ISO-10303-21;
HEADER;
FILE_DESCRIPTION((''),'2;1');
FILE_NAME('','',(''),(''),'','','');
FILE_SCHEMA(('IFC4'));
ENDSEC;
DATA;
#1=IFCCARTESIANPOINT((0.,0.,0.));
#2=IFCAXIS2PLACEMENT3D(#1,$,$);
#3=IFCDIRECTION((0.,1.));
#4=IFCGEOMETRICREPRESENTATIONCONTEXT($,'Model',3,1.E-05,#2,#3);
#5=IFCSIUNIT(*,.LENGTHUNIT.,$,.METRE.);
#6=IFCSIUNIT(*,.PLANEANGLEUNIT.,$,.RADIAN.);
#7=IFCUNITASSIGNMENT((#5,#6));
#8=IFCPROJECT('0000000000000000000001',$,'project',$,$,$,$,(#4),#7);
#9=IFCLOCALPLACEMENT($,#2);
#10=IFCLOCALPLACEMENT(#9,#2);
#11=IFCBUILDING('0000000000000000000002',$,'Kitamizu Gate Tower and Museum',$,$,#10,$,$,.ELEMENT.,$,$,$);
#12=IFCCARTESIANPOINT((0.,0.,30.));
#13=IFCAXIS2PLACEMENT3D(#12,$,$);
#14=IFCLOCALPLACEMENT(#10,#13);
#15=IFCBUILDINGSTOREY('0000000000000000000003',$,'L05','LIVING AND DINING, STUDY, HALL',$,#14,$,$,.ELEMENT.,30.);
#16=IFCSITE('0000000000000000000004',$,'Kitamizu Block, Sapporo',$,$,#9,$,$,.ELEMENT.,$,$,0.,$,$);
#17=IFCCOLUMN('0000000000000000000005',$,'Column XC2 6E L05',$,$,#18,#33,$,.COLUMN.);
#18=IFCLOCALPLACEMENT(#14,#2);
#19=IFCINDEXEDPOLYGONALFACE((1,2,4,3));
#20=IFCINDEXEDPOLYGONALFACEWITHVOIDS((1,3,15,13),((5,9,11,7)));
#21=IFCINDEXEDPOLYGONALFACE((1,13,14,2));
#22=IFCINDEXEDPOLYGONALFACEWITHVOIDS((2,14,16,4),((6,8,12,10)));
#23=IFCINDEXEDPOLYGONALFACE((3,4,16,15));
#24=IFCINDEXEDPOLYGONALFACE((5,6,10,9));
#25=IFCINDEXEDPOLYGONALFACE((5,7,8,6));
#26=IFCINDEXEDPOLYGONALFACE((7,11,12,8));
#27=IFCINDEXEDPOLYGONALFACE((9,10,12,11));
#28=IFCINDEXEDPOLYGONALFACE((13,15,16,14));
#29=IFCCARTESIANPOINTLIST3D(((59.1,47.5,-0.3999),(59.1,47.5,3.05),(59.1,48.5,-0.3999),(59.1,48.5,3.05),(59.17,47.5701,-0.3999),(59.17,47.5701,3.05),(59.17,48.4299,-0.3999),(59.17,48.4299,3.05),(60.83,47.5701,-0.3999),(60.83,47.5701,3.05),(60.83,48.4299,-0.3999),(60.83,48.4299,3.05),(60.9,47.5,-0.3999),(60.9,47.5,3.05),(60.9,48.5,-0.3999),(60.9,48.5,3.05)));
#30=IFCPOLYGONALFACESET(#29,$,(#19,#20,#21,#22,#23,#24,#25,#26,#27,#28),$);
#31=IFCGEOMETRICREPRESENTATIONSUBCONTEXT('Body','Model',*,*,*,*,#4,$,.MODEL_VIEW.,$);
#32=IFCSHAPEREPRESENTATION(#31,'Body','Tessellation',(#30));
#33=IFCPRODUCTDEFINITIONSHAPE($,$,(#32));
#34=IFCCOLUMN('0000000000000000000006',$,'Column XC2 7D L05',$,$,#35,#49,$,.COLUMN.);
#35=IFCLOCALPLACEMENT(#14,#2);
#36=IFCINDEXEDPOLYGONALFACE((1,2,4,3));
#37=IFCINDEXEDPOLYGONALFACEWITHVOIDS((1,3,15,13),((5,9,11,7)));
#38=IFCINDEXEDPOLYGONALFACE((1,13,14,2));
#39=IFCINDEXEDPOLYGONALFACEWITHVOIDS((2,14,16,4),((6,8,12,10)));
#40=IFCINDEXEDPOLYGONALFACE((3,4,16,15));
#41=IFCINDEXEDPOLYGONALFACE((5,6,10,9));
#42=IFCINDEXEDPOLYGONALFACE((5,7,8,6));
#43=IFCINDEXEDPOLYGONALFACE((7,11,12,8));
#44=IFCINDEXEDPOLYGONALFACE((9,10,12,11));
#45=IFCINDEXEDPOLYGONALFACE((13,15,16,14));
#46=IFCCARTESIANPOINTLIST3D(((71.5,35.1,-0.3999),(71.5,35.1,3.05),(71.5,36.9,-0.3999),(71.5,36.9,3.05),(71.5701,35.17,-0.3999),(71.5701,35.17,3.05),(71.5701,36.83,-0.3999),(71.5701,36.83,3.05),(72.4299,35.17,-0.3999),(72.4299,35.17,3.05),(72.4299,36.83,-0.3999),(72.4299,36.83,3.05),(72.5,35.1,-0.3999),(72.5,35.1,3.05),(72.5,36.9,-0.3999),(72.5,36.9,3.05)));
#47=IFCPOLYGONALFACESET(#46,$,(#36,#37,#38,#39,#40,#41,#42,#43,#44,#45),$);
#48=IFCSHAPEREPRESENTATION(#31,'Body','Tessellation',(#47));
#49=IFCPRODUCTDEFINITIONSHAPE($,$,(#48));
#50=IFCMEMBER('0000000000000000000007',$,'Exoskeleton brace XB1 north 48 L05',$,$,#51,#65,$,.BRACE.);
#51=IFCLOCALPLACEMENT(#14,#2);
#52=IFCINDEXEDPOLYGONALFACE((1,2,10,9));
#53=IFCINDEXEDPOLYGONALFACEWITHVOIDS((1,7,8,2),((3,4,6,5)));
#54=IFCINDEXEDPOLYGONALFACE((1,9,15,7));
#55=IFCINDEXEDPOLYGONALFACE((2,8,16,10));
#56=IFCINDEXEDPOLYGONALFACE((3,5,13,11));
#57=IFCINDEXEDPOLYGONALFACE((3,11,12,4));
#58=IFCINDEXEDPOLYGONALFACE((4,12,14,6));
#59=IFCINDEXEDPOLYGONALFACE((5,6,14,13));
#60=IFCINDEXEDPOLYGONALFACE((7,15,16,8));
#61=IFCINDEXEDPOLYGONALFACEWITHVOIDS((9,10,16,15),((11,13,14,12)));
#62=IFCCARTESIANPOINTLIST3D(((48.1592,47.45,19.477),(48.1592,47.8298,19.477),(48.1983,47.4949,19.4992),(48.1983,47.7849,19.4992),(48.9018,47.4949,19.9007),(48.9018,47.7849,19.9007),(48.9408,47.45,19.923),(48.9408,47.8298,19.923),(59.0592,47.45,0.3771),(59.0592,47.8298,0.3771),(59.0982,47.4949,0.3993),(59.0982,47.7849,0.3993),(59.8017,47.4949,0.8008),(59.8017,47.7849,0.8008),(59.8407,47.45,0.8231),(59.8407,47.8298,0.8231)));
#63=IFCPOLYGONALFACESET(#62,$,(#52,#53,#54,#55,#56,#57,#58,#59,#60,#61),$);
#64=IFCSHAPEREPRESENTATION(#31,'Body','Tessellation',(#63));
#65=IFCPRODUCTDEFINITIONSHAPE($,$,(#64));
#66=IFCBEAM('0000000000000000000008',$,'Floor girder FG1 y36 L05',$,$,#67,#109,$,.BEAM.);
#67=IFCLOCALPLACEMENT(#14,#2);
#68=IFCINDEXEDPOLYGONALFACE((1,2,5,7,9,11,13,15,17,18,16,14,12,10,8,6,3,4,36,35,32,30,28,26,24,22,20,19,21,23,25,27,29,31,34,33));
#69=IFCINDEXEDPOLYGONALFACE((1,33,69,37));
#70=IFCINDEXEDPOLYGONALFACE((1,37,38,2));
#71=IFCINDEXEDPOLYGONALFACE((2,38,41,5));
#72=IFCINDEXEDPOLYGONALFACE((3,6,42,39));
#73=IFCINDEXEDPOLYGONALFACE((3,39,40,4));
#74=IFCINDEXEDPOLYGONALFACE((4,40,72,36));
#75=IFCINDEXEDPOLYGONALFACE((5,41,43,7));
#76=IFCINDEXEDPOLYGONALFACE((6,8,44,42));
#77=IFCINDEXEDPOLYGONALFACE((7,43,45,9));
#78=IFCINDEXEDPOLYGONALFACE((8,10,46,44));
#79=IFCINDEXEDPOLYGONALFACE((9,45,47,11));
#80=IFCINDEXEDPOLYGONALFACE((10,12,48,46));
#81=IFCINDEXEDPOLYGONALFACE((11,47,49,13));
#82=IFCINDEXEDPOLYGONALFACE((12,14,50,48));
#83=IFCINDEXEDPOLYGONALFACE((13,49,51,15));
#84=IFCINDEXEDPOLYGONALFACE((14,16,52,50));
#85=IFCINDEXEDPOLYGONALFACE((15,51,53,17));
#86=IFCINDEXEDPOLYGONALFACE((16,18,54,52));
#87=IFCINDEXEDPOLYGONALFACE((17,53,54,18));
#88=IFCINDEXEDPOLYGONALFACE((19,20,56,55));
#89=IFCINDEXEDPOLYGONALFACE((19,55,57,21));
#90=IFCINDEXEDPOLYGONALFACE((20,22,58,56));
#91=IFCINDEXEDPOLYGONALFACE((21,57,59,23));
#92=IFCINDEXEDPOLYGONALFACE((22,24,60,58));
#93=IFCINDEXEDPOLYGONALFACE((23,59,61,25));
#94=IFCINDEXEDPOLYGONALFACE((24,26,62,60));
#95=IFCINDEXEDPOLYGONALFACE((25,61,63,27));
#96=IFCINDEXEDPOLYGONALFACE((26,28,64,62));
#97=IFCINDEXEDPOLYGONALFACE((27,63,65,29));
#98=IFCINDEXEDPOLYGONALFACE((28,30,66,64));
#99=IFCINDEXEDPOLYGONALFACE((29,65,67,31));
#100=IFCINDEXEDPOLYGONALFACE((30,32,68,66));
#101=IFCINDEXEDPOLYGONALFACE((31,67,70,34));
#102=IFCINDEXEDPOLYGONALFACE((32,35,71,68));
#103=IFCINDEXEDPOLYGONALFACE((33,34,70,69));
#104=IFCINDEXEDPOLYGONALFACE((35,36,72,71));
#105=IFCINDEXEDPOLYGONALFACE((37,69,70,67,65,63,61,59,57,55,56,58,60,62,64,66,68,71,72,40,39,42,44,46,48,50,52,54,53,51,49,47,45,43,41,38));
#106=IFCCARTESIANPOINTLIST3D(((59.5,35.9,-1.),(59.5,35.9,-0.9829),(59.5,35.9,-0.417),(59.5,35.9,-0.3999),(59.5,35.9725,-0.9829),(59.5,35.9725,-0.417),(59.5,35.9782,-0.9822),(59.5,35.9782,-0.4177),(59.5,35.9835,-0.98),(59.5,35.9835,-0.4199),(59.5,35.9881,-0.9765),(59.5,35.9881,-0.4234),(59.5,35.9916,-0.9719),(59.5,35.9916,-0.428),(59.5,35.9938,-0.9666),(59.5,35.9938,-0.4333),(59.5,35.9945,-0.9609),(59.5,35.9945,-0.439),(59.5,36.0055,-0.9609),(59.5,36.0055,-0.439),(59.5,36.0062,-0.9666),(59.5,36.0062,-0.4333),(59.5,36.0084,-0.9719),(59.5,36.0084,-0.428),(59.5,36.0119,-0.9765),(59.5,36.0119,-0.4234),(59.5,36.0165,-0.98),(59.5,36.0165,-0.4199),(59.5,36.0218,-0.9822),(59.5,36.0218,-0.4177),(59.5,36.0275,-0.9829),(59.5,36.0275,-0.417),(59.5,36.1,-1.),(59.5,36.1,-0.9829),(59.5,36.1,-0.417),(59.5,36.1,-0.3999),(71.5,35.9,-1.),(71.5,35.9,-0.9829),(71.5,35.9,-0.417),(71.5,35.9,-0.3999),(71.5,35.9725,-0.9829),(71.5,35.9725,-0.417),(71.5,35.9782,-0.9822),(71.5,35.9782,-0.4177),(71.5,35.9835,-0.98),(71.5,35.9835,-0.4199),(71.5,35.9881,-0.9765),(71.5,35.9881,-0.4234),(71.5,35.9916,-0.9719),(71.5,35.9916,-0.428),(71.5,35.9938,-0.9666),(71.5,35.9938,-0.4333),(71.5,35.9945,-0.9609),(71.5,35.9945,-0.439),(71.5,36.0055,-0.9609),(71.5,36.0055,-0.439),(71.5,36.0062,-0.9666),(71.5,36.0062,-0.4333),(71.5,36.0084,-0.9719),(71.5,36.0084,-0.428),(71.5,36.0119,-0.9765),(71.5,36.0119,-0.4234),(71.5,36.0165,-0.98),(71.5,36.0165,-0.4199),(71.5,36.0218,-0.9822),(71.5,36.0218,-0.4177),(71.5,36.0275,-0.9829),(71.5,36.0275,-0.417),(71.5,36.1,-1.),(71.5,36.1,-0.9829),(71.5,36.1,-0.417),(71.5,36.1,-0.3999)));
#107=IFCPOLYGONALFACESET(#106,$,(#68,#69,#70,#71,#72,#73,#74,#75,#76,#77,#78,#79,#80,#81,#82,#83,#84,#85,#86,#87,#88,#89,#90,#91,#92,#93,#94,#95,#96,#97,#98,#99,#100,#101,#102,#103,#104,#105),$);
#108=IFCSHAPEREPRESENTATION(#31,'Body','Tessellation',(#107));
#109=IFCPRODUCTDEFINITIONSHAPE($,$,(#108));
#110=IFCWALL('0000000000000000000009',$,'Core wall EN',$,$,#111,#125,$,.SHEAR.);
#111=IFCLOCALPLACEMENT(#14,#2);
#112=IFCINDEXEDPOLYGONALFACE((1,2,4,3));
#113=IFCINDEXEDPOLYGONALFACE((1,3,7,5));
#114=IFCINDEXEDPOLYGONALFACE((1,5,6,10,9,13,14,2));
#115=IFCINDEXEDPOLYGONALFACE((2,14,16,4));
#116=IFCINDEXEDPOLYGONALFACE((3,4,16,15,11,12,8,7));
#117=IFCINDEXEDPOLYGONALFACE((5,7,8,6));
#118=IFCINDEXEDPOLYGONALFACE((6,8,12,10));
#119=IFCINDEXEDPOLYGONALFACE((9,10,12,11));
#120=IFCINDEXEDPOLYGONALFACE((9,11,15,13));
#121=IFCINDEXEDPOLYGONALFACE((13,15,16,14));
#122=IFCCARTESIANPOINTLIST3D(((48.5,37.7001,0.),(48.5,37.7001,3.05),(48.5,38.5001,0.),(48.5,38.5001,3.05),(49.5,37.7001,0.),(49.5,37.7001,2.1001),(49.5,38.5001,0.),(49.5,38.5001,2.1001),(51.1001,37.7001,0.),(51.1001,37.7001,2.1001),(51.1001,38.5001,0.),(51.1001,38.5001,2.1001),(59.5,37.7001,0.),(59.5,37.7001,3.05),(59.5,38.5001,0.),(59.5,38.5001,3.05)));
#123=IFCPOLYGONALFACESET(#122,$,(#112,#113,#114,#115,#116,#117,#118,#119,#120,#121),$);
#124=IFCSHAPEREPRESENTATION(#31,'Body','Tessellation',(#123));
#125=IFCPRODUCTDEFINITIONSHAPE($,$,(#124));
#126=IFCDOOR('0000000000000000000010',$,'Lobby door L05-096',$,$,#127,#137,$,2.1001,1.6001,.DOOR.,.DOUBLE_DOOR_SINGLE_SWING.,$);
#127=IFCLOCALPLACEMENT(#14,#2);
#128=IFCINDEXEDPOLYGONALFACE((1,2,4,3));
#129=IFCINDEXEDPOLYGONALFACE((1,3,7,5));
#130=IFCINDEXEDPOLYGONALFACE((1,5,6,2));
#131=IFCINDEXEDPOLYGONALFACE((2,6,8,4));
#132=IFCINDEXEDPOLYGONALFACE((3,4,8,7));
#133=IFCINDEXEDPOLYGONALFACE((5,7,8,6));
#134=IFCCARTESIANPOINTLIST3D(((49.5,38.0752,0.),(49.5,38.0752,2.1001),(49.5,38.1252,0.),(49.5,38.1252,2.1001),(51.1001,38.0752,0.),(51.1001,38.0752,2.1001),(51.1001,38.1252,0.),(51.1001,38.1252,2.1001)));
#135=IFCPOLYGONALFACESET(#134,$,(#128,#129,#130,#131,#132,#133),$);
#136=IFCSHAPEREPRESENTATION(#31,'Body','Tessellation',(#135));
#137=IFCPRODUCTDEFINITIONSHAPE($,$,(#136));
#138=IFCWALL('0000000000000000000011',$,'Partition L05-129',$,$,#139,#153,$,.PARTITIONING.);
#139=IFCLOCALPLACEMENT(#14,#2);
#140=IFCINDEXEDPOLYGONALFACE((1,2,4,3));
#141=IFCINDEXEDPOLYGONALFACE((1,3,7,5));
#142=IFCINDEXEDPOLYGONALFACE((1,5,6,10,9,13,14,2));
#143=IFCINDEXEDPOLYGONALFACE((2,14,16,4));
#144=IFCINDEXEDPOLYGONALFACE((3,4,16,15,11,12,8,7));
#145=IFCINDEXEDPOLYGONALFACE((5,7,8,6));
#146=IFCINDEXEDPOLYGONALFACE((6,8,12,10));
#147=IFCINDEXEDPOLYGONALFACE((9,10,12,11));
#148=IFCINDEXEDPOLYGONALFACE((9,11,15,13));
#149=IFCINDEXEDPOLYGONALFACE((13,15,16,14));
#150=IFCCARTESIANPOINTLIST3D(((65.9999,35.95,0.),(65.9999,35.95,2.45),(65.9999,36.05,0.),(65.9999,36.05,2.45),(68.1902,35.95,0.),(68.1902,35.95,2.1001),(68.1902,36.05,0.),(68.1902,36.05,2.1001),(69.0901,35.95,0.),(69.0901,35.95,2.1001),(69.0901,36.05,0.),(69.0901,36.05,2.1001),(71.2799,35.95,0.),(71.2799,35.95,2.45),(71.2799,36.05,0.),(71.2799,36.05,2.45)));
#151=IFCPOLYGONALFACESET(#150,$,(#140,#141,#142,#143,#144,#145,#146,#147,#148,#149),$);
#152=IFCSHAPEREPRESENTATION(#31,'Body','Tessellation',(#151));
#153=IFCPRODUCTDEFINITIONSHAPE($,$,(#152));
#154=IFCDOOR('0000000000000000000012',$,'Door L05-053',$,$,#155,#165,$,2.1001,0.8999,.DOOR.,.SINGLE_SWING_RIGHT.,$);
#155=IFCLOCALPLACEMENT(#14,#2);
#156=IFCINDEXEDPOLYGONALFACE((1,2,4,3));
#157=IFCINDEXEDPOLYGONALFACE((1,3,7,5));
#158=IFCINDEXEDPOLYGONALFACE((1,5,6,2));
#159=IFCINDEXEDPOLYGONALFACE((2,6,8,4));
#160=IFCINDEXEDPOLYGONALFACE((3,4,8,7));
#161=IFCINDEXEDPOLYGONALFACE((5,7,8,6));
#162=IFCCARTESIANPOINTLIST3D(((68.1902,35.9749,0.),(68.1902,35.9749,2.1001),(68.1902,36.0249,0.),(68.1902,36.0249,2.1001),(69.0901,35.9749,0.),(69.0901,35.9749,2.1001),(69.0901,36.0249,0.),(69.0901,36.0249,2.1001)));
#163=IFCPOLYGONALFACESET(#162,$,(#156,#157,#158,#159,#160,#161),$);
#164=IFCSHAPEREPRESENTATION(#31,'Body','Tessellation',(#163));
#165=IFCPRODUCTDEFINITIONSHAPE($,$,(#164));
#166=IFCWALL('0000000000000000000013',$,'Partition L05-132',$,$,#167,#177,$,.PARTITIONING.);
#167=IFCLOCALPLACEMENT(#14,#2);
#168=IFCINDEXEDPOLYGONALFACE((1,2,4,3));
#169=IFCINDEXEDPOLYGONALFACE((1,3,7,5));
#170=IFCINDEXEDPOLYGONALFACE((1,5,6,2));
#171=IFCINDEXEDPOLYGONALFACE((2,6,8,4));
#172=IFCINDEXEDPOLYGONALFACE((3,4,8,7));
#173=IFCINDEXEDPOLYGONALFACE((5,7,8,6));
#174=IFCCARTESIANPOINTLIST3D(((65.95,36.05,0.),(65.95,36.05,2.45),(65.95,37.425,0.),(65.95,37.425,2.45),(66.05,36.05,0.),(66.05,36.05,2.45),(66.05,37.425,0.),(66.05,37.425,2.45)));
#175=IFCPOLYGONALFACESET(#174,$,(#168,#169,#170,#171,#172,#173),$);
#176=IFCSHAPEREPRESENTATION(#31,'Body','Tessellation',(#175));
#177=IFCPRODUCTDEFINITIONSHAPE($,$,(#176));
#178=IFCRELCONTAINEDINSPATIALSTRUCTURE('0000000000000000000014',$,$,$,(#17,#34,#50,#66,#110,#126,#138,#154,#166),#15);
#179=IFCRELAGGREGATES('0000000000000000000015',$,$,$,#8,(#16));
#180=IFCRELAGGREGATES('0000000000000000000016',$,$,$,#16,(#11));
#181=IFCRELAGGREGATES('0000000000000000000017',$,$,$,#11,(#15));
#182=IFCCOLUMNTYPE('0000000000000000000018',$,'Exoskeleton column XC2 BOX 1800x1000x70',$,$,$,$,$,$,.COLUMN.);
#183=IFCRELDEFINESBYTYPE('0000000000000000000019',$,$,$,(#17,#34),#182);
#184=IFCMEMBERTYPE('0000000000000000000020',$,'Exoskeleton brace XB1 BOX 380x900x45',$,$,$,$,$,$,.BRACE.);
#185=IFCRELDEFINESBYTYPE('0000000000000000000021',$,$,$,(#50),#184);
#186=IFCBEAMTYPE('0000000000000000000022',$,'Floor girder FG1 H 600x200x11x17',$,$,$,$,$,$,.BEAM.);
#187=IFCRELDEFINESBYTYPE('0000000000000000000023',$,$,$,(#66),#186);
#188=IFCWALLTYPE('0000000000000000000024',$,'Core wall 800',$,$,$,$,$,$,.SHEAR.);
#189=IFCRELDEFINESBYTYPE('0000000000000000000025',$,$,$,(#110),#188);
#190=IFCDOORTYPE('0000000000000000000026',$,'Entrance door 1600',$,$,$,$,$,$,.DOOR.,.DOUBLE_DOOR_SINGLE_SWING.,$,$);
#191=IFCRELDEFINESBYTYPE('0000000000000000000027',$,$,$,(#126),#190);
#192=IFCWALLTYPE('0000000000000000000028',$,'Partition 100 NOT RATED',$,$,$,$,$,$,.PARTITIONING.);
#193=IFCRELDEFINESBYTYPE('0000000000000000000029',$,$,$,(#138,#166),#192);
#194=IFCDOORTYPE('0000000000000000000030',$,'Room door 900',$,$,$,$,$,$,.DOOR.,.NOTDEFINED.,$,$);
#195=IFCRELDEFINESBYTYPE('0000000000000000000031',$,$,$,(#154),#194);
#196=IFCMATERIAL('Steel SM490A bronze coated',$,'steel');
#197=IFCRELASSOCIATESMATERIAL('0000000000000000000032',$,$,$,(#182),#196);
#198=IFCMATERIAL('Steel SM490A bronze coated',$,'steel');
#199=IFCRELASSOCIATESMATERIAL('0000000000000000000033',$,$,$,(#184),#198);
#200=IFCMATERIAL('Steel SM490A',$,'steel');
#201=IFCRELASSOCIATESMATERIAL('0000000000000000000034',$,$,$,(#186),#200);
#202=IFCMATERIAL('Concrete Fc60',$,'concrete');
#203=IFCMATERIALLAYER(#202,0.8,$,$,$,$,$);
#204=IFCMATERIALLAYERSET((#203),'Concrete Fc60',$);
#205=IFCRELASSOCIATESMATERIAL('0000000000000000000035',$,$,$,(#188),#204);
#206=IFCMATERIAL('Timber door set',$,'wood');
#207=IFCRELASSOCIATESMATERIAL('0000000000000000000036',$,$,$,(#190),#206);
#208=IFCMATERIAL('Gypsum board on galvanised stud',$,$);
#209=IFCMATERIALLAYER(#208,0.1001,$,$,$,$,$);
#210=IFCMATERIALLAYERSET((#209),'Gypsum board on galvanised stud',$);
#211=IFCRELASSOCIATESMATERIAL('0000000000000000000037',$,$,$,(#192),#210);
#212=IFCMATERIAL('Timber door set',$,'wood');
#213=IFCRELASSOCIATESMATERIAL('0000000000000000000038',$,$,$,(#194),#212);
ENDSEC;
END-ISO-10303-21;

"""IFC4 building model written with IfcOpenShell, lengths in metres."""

from ifc_helpers import new_model, si_unit, direction, frame, frame_2d, origin, origin_2d, place, context, subcontext, project, spatial, rectangle, hollow_rectangle, i_section, extrude, material, layer, layer_set, material_profile, profile_set, type_object, element, fill, save


model = new_model("IFC4")

# Units and contexts
model_context = context("Model", 3, precision=1e-05, world=origin(), true_north=direction((0.0, 1.0)))
body_context = subcontext(model_context, "Body", "Model", "MODEL_VIEW")
ifc_project = project(units=[si_unit("LENGTHUNIT", "METRE"), si_unit("PLANEANGLEUNIT", "RADIAN")], contexts=[model_context])

# Site, building, storey
site_placement = place(None, origin())
site = spatial("IfcSite", under=ifc_project, at=site_placement, Name="Kitamizu Block, Sapporo", CompositionType="ELEMENT", RefElevation=0.0)
building_placement = place(site_placement, origin())
building = spatial("IfcBuilding", under=site, at=building_placement, Name="Kitamizu Gate Tower and Museum", CompositionType="ELEMENT")
storey_placement = place(building_placement, frame((0.0, 0.0, 30.0)))
storey = spatial("IfcBuildingStorey", under=building, at=storey_placement, Name="L05", Description="LIVING AND DINING, STUDY, HALL", CompositionType="ELEMENT", Elevation=30.0)

# Columns
ifc_material_1 = material(Name="Steel SM490A bronze coated", Category="steel")
ifc_material_profile_1 = material_profile(ifc_material_1, hollow_rectangle(XDim=1.8, YDim=1.0, WallThickness=0.0701, at=origin_2d()), Name="BOX 1800x1000x70")
ifc_profile_set_1 = profile_set([ifc_material_profile_1], Name="Steel SM490A bronze coated")
column_type = type_object("IfcColumnType", Name="Exoskeleton column XC2 BOX 1800x1000x70", PredefinedType="COLUMN", material=ifc_profile_set_1)
for number, where, z_axis, x_axis, name in (
    (1, (60.0, 48.0, -0.3999), (0.0, 0.0, 1.0), (1.0, 0.0, 0.0), "Column XC2 6E L05"),
    (2, (72.0, 36.0, -0.3999), (0.0, 0.0, 1.0), (0.0, 1.0, 0.0), "Column XC2 7D L05"),
):
    element("IfcColumn", number, at=place(storey_placement, frame(where, z_axis=z_axis, x_axis=x_axis)), inside=storey, type_object=column_type, Name=name, PredefinedType="COLUMN", context=body_context, shape_type="SweptSolid", body=[
        extrude(hollow_rectangle(XDim=1.8, YDim=1.0, WallThickness=0.0701, at=origin_2d()), origin(), (0.0, 0.0, 1.0), 3.45),
    ])

# Member
ifc_material_2 = material(Name="Steel SM490A bronze coated", Category="steel")
ifc_material_profile_2 = material_profile(ifc_material_2, hollow_rectangle(XDim=0.3799, YDim=0.8999, WallThickness=0.0449, at=origin_2d()), Name="BOX 380x900x45")
ifc_profile_set_2 = profile_set([ifc_material_profile_2], Name="Steel SM490A bronze coated")
member_type = type_object("IfcMemberType", Name="Exoskeleton brace XB1 BOX 380x900x45", PredefinedType="BRACE", material=ifc_profile_set_2)
member_placement = place(storey_placement, frame((59.45, 47.6399, 0.6001), z_axis=(-0.495649, 0.0, 0.868523), x_axis=(0.0, -1.0, 0.0)))
element("IfcMember", 3, at=member_placement, inside=storey, type_object=member_type, Name="Exoskeleton brace XB1 north 48 L05", PredefinedType="BRACE", context=body_context, shape_type="SweptSolid", body=[
    extrude(hollow_rectangle(XDim=0.3799, YDim=0.8999, WallThickness=0.0449, at=origin_2d()), origin(), (0.0, 0.0, 1.0), 21.9912),
])

# Beam
ifc_material_3 = material(Name="Steel SM490A", Category="steel")
ifc_material_profile_3 = material_profile(ifc_material_3, i_section(OverallWidth=0.2, OverallDepth=0.6001, WebThickness=0.011, FlangeThickness=0.0171, FilletRadius=0.022, at=origin_2d()), Name="H-600x200x11x17")
ifc_profile_set_3 = profile_set([ifc_material_profile_3], Name="Steel SM490A")
beam_type = type_object("IfcBeamType", Name="Floor girder FG1 H 600x200x11x17", PredefinedType="BEAM", material=ifc_profile_set_3)
beam_placement = place(storey_placement, frame((59.5, 36.0, -0.7), z_axis=(1.0, 0.0, 0.0), x_axis=(0.0, 1.0, 0.0)))
element("IfcBeam", 4, at=beam_placement, inside=storey, type_object=beam_type, Name="Floor girder FG1 y36 L05", PredefinedType="BEAM", context=body_context, shape_type="SweptSolid", body=[
    extrude(i_section(OverallWidth=0.2, OverallDepth=0.6001, WebThickness=0.011, FlangeThickness=0.0171, FilletRadius=0.022, at=origin_2d()), origin(), (0.0, 0.0, 1.0), 12.0),
])

# Walls, openings, doors
ifc_material_4 = material(Name="Concrete Fc60", Category="concrete")
ifc_layer_1 = layer(ifc_material_4, 0.8)
ifc_layer_set_1 = layer_set([ifc_layer_1], Name="Concrete Fc60")
wall_type_1 = type_object("IfcWallType", Name="Core wall 800", PredefinedType="SHEAR", material=ifc_layer_set_1)
wall_1_placement = place(storey_placement, frame((59.5, 38.1001, 0.0), z_axis=(0.0, 0.0, 1.0), x_axis=(-1.0, 0.0, 0.0)))
wall_1 = element("IfcWall", 5, at=wall_1_placement, inside=storey, type_object=wall_type_1, Name="Core wall EN", PredefinedType="SHEAR", context=body_context, shape_type="SweptSolid", body=[
    extrude(rectangle(XDim=11.0, YDim=0.8, at=frame_2d((5.5, 0.0))), origin(), (0.0, 0.0, 1.0), 3.05),
])
opening_1_placement = place(wall_1_placement, frame((8.3999, 0.0, 0.0)))
opening_1 = element("IfcOpeningElement", 6, at=opening_1_placement, cuts=wall_1, PredefinedType="OPENING", context=body_context, shape_type="SweptSolid", body=[
    extrude(rectangle(XDim=1.6001, YDim=2.1001, at=frame_2d((0.8, 1.05))), frame((0.0, 0.4102, 0.0), z_axis=(0.0, -1.0, 0.0), x_axis=(1.0, 0.0, 0.0)), (0.0, 0.0, 1.0), 0.8201),
])
ifc_material_5 = material(Name="Timber door set", Category="wood")
door_type_1 = type_object("IfcDoorType", Name="Entrance door 1600", OperationType="DOUBLE_DOOR_SINGLE_SWING", PredefinedType="DOOR", material=ifc_material_5)
door_1_placement = place(opening_1_placement, origin())
door_1 = element("IfcDoor", 7, at=door_1_placement, inside=storey, type_object=door_type_1, Name="Lobby door L05-096", OperationType="DOUBLE_DOOR_SINGLE_SWING", OverallHeight=2.1001, OverallWidth=1.6001, PredefinedType="DOOR", context=body_context, shape_type="SweptSolid", body=[
    extrude(rectangle(XDim=1.6001, YDim=2.1001, at=frame_2d((0.8, 1.05))), frame((0.0, 0.0249, 0.0), z_axis=(0.0, -1.0, 0.0), x_axis=(1.0, 0.0, 0.0)), (0.0, 0.0, 1.0), 0.05),
])
fill(opening_1, door_1)
ifc_material_6 = material(Name="Gypsum board on galvanised stud")
ifc_layer_2 = layer(ifc_material_6, 0.1001)
ifc_layer_set_2 = layer_set([ifc_layer_2], Name="Gypsum board on galvanised stud")
wall_type_2 = type_object("IfcWallType", Name="Partition 100 NOT RATED", PredefinedType="PARTITIONING", material=ifc_layer_set_2)
wall_2_placement = place(storey_placement, frame((71.28, 36.0, 0.0), z_axis=(0.0, 0.0, 1.0), x_axis=(-1.0, 0.0, 0.0)))
wall_2 = element("IfcWall", 8, at=wall_2_placement, inside=storey, type_object=wall_type_2, Name="Partition L05-129", PredefinedType="PARTITIONING", context=body_context, shape_type="SweptSolid", body=[
    extrude(rectangle(XDim=5.28, YDim=0.1001, at=frame_2d((2.6401, 0.0))), origin(), (0.0, 0.0, 1.0), 2.45),
])
opening_2_placement = place(wall_2_placement, frame((2.1899, 0.0, 0.0)))
opening_2 = element("IfcOpeningElement", 9, at=opening_2_placement, cuts=wall_2, PredefinedType="OPENING", context=body_context, shape_type="SweptSolid", body=[
    extrude(rectangle(XDim=0.8999, YDim=2.1001, at=frame_2d((0.45, 1.05))), frame((0.0, 0.0601, 0.0), z_axis=(0.0, -1.0, 0.0), x_axis=(1.0, 0.0, 0.0)), (0.0, 0.0, 1.0), 0.1201),
])
ifc_material_7 = material(Name="Timber door set", Category="wood")
door_type_2 = type_object("IfcDoorType", Name="Room door 900", OperationType="NOTDEFINED", PredefinedType="DOOR", material=ifc_material_7)
door_2_placement = place(opening_2_placement, frame((0.8999, 0.0, 0.0), x_axis=(-1.0, 0.0, 0.0)))
door_2 = element("IfcDoor", 10, at=door_2_placement, inside=storey, type_object=door_type_2, Name="Door L05-053", OperationType="SINGLE_SWING_RIGHT", OverallHeight=2.1001, OverallWidth=0.8999, PredefinedType="DOOR", context=body_context, shape_type="SweptSolid", body=[
    extrude(rectangle(XDim=0.8999, YDim=2.1001, at=frame_2d((0.45, 1.05))), frame((0.0, 0.0249, 0.0), z_axis=(0.0, -1.0, 0.0), x_axis=(1.0, 0.0, 0.0)), (0.0, 0.0, 1.0), 0.05),
])
fill(opening_2, door_2)

# Wall
wall_3_placement = place(storey_placement, frame((66.0, 37.425, 0.0), z_axis=(0.0, 0.0, 1.0), x_axis=(0.0, -1.0, 0.0)))
element("IfcWall", 11, at=wall_3_placement, inside=storey, type_object=wall_type_2, Name="Partition L05-132", PredefinedType="PARTITIONING", context=body_context, shape_type="SweptSolid", body=[
    extrude(rectangle(XDim=1.375, YDim=0.1001, at=frame_2d((0.6875, 0.0))), origin(), (0.0, 0.0, 1.0), 2.45),
])

save(model, "model.ifc")
